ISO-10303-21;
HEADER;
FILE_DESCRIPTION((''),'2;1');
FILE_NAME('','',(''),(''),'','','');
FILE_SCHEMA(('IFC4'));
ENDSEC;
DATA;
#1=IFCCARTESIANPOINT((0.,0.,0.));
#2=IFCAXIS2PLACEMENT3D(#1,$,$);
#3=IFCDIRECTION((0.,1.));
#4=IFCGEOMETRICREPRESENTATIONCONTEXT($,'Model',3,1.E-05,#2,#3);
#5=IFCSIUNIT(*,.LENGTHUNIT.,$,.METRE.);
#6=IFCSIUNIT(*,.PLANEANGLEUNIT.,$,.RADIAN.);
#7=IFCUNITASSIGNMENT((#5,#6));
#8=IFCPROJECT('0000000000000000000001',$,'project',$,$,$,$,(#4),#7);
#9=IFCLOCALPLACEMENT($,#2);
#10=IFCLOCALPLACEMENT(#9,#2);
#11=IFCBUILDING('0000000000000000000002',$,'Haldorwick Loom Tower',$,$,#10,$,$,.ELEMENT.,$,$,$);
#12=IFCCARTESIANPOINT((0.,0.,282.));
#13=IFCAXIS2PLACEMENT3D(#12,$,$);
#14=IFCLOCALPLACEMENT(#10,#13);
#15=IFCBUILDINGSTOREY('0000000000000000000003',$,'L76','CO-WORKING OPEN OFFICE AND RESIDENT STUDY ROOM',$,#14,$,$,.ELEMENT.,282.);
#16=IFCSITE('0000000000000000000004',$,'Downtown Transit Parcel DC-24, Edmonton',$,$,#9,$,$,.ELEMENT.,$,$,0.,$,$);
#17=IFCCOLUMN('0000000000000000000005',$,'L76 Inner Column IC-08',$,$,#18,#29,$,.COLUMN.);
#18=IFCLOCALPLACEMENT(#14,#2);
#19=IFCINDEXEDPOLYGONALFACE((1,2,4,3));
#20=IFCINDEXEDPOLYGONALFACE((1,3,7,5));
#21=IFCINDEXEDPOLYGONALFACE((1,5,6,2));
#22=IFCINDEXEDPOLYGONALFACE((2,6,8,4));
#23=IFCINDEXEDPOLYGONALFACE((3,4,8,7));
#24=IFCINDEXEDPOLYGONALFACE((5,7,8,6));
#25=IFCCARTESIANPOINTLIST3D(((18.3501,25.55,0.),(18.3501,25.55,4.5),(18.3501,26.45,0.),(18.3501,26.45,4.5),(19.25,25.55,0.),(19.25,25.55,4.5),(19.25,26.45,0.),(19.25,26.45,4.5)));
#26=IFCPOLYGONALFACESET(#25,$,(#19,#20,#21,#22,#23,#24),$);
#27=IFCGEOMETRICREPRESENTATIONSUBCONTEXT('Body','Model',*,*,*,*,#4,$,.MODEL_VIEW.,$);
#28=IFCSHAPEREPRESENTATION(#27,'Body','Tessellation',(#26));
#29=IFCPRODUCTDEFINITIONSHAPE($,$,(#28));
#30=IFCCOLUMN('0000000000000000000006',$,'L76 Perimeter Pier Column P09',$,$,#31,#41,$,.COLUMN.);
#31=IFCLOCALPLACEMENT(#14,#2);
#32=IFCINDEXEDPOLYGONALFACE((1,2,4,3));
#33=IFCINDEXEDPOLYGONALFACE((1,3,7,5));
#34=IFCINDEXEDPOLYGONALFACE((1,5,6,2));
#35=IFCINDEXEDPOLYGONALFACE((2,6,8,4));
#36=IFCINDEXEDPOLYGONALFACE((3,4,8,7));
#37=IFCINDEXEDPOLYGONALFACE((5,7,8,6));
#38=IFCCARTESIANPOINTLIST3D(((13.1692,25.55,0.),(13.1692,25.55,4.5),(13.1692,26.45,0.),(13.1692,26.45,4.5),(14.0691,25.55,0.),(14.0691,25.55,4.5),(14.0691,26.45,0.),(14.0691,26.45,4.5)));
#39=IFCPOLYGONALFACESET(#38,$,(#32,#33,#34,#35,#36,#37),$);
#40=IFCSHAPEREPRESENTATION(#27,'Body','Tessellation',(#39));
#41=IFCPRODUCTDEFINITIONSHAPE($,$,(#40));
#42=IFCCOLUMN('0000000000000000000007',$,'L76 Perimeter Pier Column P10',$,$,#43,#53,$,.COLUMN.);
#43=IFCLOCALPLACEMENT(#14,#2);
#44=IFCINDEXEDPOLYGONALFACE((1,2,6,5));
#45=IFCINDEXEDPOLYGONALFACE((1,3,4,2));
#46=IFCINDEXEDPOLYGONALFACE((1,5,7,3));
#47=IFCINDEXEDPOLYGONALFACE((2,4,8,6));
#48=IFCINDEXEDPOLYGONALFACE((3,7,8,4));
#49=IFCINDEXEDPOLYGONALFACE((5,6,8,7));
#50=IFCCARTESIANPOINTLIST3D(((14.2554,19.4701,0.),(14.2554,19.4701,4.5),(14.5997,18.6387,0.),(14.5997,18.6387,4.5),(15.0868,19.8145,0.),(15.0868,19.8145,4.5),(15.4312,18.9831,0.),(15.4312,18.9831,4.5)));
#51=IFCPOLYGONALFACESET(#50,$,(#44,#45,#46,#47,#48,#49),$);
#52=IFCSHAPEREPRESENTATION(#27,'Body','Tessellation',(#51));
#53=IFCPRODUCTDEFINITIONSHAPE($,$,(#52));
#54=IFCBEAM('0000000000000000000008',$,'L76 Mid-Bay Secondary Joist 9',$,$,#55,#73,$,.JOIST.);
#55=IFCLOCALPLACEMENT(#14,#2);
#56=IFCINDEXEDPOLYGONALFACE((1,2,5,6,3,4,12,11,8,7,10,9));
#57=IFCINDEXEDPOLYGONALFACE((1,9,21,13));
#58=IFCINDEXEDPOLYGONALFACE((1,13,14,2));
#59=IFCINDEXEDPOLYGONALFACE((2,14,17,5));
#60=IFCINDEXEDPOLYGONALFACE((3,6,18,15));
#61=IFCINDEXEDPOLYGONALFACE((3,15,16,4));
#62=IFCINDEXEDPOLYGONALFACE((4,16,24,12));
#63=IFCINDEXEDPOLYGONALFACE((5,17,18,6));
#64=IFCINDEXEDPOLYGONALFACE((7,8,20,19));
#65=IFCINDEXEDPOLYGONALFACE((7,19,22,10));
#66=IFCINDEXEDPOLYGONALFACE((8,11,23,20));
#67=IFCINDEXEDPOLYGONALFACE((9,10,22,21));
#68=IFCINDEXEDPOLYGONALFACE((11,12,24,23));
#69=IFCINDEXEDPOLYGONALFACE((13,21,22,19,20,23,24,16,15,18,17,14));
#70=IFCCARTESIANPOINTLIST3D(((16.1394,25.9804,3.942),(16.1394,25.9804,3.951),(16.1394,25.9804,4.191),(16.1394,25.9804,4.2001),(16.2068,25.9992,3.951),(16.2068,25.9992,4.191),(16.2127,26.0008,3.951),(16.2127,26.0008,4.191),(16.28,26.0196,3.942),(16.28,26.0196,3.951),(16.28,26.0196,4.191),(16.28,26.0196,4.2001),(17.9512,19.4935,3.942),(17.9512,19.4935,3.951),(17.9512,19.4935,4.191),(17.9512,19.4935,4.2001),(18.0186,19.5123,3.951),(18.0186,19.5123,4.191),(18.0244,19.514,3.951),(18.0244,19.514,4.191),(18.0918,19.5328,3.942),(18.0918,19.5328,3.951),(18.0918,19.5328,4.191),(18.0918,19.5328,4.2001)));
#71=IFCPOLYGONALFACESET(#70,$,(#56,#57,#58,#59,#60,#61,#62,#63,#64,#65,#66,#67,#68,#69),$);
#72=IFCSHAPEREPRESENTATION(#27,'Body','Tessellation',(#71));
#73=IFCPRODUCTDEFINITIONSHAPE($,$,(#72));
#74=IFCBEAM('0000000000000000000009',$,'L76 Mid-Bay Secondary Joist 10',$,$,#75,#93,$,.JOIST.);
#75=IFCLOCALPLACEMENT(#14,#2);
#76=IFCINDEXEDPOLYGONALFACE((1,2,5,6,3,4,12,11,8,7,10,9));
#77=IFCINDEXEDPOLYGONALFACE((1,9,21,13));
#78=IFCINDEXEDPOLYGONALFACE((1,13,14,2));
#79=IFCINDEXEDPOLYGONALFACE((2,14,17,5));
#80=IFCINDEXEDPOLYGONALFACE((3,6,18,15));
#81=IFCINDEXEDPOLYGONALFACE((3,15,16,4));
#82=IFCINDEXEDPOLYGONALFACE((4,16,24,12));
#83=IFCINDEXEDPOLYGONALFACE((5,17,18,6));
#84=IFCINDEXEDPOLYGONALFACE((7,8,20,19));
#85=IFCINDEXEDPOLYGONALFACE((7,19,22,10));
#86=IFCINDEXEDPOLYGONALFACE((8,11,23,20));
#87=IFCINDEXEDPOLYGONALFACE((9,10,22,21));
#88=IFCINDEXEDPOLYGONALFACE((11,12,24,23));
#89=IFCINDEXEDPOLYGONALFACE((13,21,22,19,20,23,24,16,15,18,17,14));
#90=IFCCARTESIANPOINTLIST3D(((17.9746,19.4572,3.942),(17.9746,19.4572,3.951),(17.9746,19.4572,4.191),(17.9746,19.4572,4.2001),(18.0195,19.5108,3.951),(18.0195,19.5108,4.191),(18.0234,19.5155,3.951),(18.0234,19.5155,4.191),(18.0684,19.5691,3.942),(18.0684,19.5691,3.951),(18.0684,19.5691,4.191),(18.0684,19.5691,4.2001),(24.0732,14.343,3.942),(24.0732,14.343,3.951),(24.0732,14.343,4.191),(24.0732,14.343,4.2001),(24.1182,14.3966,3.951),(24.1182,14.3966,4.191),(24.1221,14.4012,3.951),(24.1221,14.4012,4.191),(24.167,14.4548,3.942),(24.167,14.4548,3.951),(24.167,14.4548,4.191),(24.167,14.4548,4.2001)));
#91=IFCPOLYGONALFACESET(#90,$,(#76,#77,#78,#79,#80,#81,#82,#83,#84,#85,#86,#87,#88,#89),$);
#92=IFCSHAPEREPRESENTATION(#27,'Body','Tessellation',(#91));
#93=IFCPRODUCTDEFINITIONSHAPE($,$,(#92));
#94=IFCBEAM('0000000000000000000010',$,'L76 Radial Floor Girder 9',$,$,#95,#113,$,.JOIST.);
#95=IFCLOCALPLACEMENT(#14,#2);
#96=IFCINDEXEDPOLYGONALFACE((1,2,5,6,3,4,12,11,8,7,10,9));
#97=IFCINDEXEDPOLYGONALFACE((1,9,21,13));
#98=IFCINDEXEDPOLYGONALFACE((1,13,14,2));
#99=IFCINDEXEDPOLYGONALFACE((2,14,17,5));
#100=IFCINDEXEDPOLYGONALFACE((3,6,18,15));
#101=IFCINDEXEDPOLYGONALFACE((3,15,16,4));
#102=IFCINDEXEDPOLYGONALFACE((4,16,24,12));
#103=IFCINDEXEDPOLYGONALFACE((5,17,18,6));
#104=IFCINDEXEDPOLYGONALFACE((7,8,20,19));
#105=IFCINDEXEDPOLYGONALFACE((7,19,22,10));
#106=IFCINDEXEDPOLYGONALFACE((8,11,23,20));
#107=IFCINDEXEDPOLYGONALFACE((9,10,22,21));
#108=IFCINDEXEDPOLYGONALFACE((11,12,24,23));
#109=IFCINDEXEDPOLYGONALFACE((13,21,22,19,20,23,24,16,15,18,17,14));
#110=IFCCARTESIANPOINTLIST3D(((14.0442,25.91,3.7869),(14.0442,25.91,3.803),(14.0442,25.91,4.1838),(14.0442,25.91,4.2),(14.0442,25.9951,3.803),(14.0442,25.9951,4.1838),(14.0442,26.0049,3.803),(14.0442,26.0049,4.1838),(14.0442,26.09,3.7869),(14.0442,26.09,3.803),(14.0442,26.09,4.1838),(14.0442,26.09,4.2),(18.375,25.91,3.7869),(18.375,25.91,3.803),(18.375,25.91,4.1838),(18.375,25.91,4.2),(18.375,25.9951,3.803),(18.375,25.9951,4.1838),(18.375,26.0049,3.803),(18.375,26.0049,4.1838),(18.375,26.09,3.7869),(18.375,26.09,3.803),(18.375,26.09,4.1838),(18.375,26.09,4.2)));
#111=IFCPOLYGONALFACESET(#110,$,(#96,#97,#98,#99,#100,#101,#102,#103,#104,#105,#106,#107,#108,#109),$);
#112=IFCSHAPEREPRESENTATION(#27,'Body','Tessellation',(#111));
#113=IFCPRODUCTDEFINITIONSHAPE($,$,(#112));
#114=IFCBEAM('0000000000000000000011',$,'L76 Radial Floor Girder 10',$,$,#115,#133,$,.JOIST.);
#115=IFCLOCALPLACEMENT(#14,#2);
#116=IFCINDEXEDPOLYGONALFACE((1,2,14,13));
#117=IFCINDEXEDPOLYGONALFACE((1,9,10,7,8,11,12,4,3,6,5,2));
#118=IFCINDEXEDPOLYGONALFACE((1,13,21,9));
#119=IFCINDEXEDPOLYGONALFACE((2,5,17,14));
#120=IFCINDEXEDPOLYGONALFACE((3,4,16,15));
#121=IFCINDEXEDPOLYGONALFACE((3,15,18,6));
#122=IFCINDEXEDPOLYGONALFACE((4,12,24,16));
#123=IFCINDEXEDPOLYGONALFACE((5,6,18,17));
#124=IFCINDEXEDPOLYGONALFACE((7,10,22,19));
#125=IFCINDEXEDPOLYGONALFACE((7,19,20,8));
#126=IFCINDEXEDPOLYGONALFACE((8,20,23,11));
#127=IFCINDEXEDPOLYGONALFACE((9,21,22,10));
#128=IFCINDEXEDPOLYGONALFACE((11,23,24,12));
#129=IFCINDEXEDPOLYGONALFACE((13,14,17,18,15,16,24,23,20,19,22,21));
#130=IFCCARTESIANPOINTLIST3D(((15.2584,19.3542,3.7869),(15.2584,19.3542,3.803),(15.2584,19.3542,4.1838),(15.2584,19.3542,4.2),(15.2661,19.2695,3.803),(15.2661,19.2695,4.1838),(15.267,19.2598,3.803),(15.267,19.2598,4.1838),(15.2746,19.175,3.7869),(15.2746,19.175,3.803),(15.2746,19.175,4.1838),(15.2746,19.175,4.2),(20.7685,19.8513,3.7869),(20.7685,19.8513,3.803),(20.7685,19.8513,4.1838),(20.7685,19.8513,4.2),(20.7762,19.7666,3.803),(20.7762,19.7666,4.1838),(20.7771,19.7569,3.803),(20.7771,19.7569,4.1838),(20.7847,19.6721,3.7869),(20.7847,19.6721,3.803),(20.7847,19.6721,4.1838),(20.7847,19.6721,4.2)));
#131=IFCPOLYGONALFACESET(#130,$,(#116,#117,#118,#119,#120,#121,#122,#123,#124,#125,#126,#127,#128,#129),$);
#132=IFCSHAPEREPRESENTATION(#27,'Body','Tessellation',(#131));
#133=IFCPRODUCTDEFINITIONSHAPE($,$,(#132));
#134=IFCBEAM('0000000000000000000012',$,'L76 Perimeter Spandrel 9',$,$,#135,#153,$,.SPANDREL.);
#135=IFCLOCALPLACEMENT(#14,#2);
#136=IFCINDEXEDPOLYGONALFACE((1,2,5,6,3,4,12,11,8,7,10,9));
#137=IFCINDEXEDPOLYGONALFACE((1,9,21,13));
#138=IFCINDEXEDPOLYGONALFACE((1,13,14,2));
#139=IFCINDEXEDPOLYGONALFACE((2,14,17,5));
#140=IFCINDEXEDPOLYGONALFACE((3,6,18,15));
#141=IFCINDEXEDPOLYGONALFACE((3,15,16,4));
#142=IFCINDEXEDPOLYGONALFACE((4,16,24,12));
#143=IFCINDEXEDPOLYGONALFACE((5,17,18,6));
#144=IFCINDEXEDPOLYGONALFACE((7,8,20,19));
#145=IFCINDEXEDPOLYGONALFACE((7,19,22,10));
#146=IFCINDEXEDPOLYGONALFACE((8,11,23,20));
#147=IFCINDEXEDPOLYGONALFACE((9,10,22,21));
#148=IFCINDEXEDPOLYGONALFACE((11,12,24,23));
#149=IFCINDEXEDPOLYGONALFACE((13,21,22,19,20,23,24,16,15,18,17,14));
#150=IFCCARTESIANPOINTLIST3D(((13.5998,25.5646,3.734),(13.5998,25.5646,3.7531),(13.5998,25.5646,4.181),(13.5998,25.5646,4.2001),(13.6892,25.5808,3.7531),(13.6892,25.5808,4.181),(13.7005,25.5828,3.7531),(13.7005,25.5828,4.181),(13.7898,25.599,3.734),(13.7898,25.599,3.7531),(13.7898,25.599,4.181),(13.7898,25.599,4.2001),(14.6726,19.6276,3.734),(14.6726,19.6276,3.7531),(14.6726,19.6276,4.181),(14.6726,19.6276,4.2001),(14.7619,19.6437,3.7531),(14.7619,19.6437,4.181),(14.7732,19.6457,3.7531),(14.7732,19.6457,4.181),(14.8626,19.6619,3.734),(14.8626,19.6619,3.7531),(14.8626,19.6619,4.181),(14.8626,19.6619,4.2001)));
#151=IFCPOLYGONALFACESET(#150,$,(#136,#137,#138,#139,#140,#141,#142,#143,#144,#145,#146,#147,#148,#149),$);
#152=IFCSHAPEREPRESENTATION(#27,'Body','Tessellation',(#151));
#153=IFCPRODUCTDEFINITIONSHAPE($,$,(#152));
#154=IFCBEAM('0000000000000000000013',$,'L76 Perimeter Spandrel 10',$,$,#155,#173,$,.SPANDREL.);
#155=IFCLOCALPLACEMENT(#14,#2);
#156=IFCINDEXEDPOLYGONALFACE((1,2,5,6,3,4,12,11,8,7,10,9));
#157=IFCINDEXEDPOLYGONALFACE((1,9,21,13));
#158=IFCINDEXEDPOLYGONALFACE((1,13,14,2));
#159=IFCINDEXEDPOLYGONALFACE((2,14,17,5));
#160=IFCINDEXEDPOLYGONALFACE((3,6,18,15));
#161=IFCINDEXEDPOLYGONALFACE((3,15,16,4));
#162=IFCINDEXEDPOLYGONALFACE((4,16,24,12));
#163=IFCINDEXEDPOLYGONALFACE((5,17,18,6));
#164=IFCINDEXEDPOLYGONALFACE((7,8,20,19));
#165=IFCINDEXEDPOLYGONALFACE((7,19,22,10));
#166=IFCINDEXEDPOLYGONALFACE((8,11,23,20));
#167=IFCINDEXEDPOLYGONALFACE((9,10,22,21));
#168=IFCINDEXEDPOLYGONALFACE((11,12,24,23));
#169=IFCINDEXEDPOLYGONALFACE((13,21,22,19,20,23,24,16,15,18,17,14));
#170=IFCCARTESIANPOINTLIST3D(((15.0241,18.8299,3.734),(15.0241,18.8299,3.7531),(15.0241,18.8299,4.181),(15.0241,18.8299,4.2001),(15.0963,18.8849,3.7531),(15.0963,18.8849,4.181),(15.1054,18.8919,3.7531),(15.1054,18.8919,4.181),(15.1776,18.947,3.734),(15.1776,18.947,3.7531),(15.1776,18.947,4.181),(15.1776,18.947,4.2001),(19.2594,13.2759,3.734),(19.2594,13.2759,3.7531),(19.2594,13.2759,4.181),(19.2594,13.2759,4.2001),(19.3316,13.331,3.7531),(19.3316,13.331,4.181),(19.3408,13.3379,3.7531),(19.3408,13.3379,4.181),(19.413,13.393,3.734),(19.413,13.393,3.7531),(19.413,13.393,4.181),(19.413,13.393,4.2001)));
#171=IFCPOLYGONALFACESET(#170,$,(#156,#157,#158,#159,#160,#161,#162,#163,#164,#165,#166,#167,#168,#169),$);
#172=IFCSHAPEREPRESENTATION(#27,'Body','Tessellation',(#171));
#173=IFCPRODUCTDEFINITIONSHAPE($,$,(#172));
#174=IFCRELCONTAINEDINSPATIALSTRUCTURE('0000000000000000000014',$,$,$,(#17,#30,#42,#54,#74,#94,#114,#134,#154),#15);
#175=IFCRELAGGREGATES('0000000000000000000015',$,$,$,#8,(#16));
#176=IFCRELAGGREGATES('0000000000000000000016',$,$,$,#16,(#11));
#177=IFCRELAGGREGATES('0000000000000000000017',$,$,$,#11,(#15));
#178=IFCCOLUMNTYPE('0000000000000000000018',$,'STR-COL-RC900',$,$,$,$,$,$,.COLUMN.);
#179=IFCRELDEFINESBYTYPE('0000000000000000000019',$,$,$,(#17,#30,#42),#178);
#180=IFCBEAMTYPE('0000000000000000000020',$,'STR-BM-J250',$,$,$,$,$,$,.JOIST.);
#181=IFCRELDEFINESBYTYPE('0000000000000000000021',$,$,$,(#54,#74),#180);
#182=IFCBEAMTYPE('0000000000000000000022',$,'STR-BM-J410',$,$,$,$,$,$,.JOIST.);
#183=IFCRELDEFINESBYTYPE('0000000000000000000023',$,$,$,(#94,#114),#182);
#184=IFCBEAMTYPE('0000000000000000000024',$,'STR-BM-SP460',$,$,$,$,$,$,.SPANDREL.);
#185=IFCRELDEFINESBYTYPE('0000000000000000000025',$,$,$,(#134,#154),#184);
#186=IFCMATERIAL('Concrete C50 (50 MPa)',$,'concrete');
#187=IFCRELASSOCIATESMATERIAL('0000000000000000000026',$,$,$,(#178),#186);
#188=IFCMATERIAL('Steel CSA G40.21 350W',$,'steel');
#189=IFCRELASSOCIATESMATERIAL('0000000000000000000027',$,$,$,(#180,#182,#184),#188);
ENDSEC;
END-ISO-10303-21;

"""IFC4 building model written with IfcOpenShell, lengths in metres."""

from ifc_helpers import new_model, si_unit, direction, frame, origin, origin_2d, place, context, subcontext, project, spatial, rectangle, i_section, extrude, material, material_profile, profile_set, type_object, element, save


model = new_model("IFC4")

# Units and contexts
model_context = context("Model", 3, precision=1e-05, world=origin(), true_north=direction((0.0, 1.0)))
body_context = subcontext(model_context, "Body", "Model", "MODEL_VIEW")
ifc_project = project(units=[si_unit("LENGTHUNIT", "METRE"), si_unit("PLANEANGLEUNIT", "RADIAN")], contexts=[model_context])

# Site, building, storey
site_placement = place(None, origin())
site = spatial("IfcSite", under=ifc_project, at=site_placement, Name="Downtown Transit Parcel DC-24, Edmonton", CompositionType="ELEMENT", RefElevation=0.0)
building_placement = place(site_placement, origin())
building = spatial("IfcBuilding", under=site, at=building_placement, Name="Haldorwick Loom Tower", CompositionType="ELEMENT")
storey_placement = place(building_placement, frame((0.0, 0.0, 282.0)))
storey = spatial("IfcBuildingStorey", under=building, at=storey_placement, Name="L76", Description="CO-WORKING OPEN OFFICE AND RESIDENT STUDY ROOM", CompositionType="ELEMENT", Elevation=282.0)

# Columns
ifc_material_1 = material(Name="Concrete C50 (50 MPa)", Category="concrete")
ifc_material_profile_1 = material_profile(ifc_material_1, rectangle(XDim=0.8999, YDim=0.8999, at=origin_2d()), Name="RC900X900", Category="concrete")
ifc_profile_set_1 = profile_set([ifc_material_profile_1], Name="Concrete C50 (50 MPa)")
column_type = type_object("IfcColumnType", Name="STR-COL-RC900", PredefinedType="COLUMN", material=ifc_profile_set_1)
for number, where, z_axis, x_axis, name in (
    (1, (18.8, 26.0, 0.0), (0.0, 0.0, 1.0), (1.0, 0.0, 0.0), "L76 Inner Column IC-08"),
    (2, (13.6191, 26.0, 0.0), (0.0, 0.0, 1.0), (-1.0, 0.0, 0.0), "L76 Perimeter Pier Column P09"),
    (3, (14.8433, 19.2266, 0.0), (0.0, 0.0, 1.0), (-0.92388, -0.382683, 0.0), "L76 Perimeter Pier Column P10"),
):
    element("IfcColumn", number, at=place(storey_placement, frame(where, z_axis=z_axis, x_axis=x_axis)), inside=storey, type_object=column_type, Name=name, PredefinedType="COLUMN", context=body_context, shape_type="SweptSolid", body=[
        extrude(rectangle(XDim=0.8999, YDim=0.8999, at=origin_2d()), origin(), (0.0, 0.0, 1.0), 4.5),
    ])

# Beams
ifc_material_2 = material(Name="Steel CSA G40.21 350W", Category="steel")
ifc_material_profile_2 = material_profile(ifc_material_2, i_section(OverallWidth=0.146, OverallDepth=0.2581, WebThickness=0.0061, FlangeThickness=0.009, at=origin_2d()), Name="W250X33", Category="steel")
ifc_profile_set_2 = profile_set([ifc_material_profile_2], Name="Steel CSA G40.21 350W")
beam_type_1 = type_object("IfcBeamType", Name="STR-BM-J250", PredefinedType="JOIST", material=ifc_profile_set_2)
beam_1_placement = place(storey_placement, frame((16.2097, 26.0, 4.071), z_axis=(0.269005, -0.963139, 0.0), x_axis=(0.963139, 0.269005, 0.0)))
element("IfcBeam", 4, at=beam_1_placement, inside=storey, type_object=beam_type_1, Name="L76 Mid-Bay Secondary Joist 9", PredefinedType="JOIST", context=body_context, shape_type="SweptSolid", body=[
    extrude(i_section(OverallWidth=0.146, OverallDepth=0.2581, WebThickness=0.0061, FlangeThickness=0.009, at=origin_2d()), origin(), (0.0, 0.0, 1.0), 6.7351),
])
beam_2_placement = place(storey_placement, frame((18.0215, 19.5132, 4.071), z_axis=(0.766236, -0.642559, 0.0), x_axis=(0.642559, 0.766236, 0.0)))
element("IfcBeam", 5, at=beam_2_placement, inside=storey, type_object=beam_type_1, Name="L76 Mid-Bay Secondary Joist 10", PredefinedType="JOIST", context=body_context, shape_type="SweptSolid", body=[
    extrude(i_section(OverallWidth=0.146, OverallDepth=0.2581, WebThickness=0.0061, FlangeThickness=0.009, at=origin_2d()), origin(), (0.0, 0.0, 1.0), 7.9592),
])
ifc_material_profile_3 = material_profile(ifc_material_2, i_section(OverallWidth=0.1799, OverallDepth=0.4131, WebThickness=0.0098, FlangeThickness=0.0161, at=origin_2d()), Name="W410X74", Category="steel")
ifc_profile_set_3 = profile_set([ifc_material_profile_3], Name="Steel CSA G40.21 350W")
beam_type_2 = type_object("IfcBeamType", Name="STR-BM-J410", PredefinedType="JOIST", material=ifc_profile_set_3)
beam_3_placement = place(storey_placement, frame((18.375, 26.0, 3.9934), z_axis=(-1.0, 0.0, 0.0), x_axis=(0.0, -1.0, 0.0)))
element("IfcBeam", 6, at=beam_3_placement, inside=storey, type_object=beam_type_2, Name="L76 Radial Floor Girder 9", PredefinedType="JOIST", context=body_context, shape_type="SweptSolid", body=[
    extrude(i_section(OverallWidth=0.1799, OverallDepth=0.4131, WebThickness=0.0098, FlangeThickness=0.0161, at=origin_2d()), origin(), (0.0, 0.0, 1.0), 4.3308),
])
beam_4_placement = place(storey_placement, frame((20.7766, 19.7617, 3.9934), z_axis=(-0.995956, -0.089847, 0.0), x_axis=(0.089847, -0.995956, 0.0)))
element("IfcBeam", 7, at=beam_4_placement, inside=storey, type_object=beam_type_2, Name="L76 Radial Floor Girder 10", PredefinedType="JOIST", context=body_context, shape_type="SweptSolid", body=[
    extrude(i_section(OverallWidth=0.1799, OverallDepth=0.4131, WebThickness=0.0098, FlangeThickness=0.0161, at=origin_2d()), origin(), (0.0, 0.0, 1.0), 5.5325),
])
ifc_material_profile_4 = material_profile(ifc_material_2, i_section(OverallWidth=0.1931, OverallDepth=0.4661, WebThickness=0.0115, FlangeThickness=0.019, at=origin_2d()), Name="W460X97", Category="steel")
ifc_profile_set_4 = profile_set([ifc_material_profile_4], Name="Steel CSA G40.21 350W")
beam_type_3 = type_object("IfcBeamType", Name="STR-BM-SP460", PredefinedType="SPANDREL", material=ifc_profile_set_4)
beam_5_placement = place(storey_placement, frame((13.6948, 25.5818, 3.967), z_axis=(0.17781, -0.984065, 0.0), x_axis=(0.984065, 0.17781, 0.0)))
element("IfcBeam", 8, at=beam_5_placement, inside=storey, type_object=beam_type_3, Name="L76 Perimeter Spandrel 9", PredefinedType="SPANDREL", context=body_context, shape_type="SweptSolid", body=[
    extrude(i_section(OverallWidth=0.1931, OverallDepth=0.4661, WebThickness=0.0115, FlangeThickness=0.019, at=origin_2d()), origin(), (0.0, 0.0, 1.0), 6.0332),
])
beam_6_placement = place(storey_placement, frame((15.1008, 18.8884, 3.967), z_axis=(0.606384, -0.795172, 0.0), x_axis=(0.795172, 0.606384, 0.0)))
element("IfcBeam", 9, at=beam_6_placement, inside=storey, type_object=beam_type_3, Name="L76 Perimeter Spandrel 10", PredefinedType="SPANDREL", context=body_context, shape_type="SweptSolid", body=[
    extrude(i_section(OverallWidth=0.1931, OverallDepth=0.4661, WebThickness=0.0115, FlangeThickness=0.019, at=origin_2d()), origin(), (0.0, 0.0, 1.0), 6.9846),
])

save(model, "model.ifc")
